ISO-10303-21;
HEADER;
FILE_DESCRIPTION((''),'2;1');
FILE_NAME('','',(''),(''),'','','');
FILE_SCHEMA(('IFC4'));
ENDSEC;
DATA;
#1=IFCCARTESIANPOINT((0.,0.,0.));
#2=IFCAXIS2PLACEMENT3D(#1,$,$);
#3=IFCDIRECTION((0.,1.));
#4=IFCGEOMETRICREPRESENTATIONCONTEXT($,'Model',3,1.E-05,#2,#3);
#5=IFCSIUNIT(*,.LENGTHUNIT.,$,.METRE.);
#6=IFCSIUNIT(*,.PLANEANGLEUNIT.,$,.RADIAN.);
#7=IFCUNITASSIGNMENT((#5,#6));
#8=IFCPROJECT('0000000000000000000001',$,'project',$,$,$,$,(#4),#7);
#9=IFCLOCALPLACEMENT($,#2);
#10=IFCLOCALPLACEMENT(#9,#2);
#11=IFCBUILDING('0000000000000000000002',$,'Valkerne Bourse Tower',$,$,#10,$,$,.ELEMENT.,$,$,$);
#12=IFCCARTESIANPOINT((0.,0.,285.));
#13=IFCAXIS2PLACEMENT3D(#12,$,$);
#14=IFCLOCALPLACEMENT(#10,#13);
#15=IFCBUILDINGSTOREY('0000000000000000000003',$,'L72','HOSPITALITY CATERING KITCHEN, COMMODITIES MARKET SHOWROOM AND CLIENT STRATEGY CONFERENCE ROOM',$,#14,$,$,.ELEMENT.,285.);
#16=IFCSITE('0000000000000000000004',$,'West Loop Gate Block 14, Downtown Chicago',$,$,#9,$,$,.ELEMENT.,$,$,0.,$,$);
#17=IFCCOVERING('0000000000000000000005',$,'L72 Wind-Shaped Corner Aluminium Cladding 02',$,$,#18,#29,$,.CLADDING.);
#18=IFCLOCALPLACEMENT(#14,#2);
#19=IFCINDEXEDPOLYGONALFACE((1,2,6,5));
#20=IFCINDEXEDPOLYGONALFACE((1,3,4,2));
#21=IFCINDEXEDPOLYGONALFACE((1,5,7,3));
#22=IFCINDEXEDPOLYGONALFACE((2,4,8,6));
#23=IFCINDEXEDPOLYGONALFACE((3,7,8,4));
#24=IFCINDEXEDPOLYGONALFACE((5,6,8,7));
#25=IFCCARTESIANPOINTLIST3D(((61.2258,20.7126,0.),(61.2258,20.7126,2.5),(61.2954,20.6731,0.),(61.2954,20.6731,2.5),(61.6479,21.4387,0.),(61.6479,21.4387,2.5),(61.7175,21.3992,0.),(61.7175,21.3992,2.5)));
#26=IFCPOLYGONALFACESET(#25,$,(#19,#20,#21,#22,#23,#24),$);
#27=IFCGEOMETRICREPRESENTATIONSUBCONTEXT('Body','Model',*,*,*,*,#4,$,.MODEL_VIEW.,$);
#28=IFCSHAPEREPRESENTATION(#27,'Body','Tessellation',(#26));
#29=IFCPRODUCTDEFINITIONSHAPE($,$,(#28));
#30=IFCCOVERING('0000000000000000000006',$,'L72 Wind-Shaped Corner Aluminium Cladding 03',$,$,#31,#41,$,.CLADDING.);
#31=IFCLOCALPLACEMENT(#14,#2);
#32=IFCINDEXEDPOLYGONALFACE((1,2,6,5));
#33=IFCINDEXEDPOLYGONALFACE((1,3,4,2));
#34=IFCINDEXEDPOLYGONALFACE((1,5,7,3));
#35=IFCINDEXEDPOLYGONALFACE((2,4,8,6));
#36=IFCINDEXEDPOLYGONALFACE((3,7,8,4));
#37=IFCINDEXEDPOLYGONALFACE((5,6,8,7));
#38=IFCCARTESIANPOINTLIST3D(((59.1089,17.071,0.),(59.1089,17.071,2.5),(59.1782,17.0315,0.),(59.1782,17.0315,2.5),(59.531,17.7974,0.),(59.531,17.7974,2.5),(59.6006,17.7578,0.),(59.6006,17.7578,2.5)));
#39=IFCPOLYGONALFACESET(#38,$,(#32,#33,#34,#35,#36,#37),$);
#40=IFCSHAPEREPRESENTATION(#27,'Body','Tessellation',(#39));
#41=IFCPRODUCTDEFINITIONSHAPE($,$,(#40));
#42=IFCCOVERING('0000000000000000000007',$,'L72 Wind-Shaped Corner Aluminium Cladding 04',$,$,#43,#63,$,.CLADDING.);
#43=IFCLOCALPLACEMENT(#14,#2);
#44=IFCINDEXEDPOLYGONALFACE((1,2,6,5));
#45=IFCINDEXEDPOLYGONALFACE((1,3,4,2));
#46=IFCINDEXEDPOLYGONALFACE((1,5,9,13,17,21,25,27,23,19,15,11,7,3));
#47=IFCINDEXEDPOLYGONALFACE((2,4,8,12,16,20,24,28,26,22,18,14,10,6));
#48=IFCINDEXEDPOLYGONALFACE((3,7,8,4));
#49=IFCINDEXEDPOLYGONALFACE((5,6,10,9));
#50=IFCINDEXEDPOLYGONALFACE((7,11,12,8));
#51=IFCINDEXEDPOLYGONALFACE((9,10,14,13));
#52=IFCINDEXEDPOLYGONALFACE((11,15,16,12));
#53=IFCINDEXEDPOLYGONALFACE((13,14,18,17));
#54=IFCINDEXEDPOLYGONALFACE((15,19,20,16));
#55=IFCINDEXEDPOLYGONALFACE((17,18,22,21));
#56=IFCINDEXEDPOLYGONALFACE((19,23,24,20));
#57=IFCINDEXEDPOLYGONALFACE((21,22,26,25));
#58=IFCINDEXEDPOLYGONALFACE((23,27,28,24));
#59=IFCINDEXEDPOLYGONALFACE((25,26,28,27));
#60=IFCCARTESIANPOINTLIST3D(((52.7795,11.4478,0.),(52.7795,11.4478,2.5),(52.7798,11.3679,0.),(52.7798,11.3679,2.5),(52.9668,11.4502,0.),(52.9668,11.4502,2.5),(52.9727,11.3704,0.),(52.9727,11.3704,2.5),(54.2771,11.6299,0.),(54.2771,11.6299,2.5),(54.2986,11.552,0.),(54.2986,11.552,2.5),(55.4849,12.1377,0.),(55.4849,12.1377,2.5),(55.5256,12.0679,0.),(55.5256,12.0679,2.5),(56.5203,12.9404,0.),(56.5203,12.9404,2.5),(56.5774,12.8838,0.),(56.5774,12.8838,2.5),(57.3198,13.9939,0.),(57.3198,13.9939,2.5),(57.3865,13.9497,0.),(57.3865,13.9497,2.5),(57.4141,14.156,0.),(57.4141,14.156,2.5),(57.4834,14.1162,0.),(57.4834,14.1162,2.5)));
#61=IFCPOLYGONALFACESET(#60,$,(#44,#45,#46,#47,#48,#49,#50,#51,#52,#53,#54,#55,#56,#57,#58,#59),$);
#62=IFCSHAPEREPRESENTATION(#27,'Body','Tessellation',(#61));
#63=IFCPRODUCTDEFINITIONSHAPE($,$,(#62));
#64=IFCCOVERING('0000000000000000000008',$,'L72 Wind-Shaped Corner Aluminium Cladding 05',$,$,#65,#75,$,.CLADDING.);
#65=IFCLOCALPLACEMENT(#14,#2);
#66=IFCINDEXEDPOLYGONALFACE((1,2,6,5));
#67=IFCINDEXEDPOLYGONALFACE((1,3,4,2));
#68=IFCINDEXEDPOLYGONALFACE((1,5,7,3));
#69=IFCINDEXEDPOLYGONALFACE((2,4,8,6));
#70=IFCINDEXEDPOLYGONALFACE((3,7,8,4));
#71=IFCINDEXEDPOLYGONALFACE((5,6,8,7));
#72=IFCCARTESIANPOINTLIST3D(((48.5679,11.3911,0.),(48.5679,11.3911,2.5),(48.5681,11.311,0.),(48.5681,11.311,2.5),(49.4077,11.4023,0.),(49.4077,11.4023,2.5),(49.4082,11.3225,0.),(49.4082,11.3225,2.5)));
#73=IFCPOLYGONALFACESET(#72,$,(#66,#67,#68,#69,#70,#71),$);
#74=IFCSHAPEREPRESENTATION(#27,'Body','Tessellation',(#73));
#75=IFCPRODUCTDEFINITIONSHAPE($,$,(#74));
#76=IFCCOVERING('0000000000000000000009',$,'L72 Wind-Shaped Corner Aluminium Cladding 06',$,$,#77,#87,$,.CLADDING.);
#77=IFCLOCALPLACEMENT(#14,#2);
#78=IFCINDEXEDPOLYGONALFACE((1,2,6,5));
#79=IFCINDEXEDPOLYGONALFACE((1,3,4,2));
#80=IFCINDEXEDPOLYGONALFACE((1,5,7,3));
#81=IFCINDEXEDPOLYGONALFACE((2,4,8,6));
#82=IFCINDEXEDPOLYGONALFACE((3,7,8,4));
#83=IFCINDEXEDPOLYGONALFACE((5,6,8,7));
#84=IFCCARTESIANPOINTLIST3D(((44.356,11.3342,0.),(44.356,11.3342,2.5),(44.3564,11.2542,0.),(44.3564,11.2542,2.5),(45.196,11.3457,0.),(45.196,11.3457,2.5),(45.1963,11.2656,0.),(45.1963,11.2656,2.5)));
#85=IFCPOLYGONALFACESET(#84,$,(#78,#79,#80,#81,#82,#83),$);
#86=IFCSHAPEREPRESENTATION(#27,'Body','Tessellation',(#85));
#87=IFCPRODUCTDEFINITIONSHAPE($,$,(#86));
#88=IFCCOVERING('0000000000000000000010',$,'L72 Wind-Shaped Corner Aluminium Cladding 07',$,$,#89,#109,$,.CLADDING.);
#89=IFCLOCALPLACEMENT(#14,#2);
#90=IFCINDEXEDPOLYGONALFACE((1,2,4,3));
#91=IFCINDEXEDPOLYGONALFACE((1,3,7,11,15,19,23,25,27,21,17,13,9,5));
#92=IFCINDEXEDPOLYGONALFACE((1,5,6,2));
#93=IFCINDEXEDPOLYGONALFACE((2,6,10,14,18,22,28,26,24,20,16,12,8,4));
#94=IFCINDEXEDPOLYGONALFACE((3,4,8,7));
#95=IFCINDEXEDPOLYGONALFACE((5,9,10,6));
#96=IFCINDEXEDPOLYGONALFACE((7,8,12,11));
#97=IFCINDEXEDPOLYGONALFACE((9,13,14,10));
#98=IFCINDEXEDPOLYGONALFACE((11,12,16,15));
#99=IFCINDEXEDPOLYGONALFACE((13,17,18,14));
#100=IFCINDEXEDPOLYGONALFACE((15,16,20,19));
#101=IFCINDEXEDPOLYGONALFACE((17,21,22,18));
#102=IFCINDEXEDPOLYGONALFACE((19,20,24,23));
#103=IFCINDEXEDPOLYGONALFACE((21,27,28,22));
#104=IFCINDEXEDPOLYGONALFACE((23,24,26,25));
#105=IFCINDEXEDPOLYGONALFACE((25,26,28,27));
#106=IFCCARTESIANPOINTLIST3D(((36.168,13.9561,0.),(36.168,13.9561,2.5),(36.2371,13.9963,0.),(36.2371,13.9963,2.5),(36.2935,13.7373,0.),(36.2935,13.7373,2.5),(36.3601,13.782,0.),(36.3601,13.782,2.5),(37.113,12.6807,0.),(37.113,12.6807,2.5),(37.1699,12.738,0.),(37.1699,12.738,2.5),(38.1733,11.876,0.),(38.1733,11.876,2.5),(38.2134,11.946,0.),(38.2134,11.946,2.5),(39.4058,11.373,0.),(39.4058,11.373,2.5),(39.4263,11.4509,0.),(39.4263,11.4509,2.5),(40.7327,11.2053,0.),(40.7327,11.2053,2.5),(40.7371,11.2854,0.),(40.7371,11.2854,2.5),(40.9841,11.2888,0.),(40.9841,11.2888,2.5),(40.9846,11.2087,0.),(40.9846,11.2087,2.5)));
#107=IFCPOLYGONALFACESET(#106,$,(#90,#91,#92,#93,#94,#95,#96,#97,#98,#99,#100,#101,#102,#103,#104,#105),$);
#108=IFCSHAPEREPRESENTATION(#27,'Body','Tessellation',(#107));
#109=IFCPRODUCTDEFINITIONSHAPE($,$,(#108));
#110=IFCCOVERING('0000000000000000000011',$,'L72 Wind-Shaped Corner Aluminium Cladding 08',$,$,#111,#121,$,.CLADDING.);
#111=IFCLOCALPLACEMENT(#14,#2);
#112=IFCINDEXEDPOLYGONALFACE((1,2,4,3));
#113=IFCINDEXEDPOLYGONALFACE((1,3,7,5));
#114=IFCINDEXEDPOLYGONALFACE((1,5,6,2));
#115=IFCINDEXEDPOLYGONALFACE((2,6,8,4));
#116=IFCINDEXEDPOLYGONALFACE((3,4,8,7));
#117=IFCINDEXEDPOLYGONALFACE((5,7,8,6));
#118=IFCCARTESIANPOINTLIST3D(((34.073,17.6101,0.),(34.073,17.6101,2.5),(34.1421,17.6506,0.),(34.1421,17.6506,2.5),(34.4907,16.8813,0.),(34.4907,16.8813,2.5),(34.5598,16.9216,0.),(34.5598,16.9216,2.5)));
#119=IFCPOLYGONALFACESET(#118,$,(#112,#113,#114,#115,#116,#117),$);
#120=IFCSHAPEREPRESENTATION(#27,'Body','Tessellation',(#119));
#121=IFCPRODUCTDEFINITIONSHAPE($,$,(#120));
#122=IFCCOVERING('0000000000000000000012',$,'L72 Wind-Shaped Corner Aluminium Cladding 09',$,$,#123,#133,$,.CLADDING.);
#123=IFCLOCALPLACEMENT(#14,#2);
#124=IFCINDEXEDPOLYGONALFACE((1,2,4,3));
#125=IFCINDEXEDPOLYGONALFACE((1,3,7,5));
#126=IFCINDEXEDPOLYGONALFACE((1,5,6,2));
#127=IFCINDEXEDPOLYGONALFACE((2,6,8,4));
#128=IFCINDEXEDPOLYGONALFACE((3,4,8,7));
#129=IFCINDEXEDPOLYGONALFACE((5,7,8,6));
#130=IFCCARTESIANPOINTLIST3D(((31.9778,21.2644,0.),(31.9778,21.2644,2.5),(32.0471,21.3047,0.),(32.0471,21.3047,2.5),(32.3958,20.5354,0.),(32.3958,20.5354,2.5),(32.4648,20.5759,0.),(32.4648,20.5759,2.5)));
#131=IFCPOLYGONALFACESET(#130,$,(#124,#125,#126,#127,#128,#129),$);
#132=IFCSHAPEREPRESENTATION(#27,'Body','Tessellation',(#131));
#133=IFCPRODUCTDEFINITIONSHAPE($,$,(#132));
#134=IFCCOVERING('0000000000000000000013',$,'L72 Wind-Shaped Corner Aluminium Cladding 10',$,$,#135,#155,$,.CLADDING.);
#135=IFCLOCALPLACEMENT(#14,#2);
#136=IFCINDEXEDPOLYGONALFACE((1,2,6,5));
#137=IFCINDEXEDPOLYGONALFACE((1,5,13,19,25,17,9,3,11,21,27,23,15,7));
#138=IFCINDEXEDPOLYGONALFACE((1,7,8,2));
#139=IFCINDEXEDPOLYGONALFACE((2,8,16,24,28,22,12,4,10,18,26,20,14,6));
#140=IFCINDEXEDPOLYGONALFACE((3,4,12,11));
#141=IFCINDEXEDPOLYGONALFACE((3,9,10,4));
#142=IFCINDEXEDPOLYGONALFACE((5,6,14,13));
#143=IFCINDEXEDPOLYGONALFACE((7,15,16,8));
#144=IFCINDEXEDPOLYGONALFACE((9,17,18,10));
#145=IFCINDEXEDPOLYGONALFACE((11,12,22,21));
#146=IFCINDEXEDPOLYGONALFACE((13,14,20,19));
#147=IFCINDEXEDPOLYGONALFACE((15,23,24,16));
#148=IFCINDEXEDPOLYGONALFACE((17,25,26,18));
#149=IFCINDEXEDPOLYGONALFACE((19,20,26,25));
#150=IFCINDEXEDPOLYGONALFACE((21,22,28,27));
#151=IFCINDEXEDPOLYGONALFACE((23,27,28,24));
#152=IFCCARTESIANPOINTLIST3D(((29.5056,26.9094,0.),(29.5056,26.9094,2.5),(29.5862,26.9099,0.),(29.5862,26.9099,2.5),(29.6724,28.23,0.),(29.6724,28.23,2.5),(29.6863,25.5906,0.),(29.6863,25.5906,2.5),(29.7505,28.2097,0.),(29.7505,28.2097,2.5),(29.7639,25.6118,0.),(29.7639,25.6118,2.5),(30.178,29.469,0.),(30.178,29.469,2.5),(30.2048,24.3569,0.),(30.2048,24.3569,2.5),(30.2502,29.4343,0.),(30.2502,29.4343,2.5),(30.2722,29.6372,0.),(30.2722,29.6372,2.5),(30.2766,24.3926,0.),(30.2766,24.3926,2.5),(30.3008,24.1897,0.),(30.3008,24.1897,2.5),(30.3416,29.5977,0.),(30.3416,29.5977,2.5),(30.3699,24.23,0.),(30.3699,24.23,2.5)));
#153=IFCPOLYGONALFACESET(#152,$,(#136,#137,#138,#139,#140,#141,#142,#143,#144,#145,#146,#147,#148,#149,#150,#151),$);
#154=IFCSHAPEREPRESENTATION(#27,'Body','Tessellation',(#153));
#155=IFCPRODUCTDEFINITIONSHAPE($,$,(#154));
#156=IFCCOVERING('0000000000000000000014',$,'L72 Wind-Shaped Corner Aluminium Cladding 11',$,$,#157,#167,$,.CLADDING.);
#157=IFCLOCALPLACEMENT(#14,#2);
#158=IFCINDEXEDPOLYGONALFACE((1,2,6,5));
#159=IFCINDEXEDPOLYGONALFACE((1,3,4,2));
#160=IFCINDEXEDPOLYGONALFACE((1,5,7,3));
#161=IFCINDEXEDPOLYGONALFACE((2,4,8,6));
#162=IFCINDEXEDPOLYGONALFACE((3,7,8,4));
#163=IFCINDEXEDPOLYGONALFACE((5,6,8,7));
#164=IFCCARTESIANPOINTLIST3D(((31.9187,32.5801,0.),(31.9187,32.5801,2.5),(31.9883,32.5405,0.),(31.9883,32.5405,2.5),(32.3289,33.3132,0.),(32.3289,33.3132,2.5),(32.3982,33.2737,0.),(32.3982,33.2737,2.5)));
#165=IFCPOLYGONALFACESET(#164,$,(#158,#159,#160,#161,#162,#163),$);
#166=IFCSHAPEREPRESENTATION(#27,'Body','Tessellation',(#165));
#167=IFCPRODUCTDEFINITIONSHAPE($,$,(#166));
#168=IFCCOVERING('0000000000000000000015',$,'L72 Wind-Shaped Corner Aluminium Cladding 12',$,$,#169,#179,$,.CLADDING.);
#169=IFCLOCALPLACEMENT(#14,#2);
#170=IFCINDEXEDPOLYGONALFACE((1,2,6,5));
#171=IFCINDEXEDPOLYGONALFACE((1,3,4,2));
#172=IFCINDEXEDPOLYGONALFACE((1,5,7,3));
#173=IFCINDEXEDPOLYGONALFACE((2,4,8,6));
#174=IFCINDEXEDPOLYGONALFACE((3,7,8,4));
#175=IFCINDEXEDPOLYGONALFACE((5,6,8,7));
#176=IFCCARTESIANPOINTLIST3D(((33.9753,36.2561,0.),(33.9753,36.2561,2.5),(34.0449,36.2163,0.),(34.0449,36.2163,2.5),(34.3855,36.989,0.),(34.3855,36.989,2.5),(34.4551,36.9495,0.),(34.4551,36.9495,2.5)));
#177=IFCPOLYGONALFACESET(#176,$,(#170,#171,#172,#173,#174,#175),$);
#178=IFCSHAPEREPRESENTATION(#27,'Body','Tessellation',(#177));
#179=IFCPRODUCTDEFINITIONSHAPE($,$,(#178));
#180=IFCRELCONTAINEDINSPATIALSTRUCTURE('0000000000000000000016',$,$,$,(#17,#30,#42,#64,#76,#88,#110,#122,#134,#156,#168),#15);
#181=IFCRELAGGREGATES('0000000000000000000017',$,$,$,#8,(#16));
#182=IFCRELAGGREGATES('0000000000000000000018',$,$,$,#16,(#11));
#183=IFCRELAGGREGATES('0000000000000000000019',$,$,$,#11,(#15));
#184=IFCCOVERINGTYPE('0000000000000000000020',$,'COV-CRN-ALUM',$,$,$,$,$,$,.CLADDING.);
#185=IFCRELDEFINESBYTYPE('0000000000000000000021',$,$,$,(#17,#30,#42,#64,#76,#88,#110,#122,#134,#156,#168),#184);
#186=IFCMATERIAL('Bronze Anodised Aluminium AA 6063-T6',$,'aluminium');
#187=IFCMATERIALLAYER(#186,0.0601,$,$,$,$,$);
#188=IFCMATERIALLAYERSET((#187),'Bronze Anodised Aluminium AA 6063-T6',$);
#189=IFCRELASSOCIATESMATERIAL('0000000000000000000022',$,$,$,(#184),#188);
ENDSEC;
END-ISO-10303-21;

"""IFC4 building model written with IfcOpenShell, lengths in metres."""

from ifc_helpers import new_model, si_unit, direction, frame, origin, place, context, subcontext, project, spatial, polyline, outline, extrude, material, layer, layer_set, type_object, element, save


model = new_model("IFC4")

# Units and contexts
model_context = context("Model", 3, precision=1e-05, world=origin(), true_north=direction((0.0, 1.0)))
body_context = subcontext(model_context, "Body", "Model", "MODEL_VIEW")
ifc_project = project(units=[si_unit("LENGTHUNIT", "METRE"), si_unit("PLANEANGLEUNIT", "RADIAN")], contexts=[model_context])

# Site, building, storey
site_placement = place(None, origin())
site = spatial("IfcSite", under=ifc_project, at=site_placement, Name="West Loop Gate Block 14, Downtown Chicago", CompositionType="ELEMENT", RefElevation=0.0)
building_placement = place(site_placement, origin())
building = spatial("IfcBuilding", under=site, at=building_placement, Name="Valkerne Bourse Tower", CompositionType="ELEMENT")
storey_placement = place(building_placement, frame((0.0, 0.0, 285.0)))
storey = spatial("IfcBuildingStorey", under=building, at=storey_placement, Name="L72", Description="HOSPITALITY CATERING KITCHEN, COMMODITIES MARKET SHOWROOM AND CLIENT STRATEGY CONFERENCE ROOM", CompositionType="ELEMENT", Elevation=285.0)

# Coverings
ifc_material_1 = material(Name="Bronze Anodised Aluminium AA 6063-T6", Category="aluminium")
ifc_layer_1 = layer(ifc_material_1, 0.0601)
ifc_layer_set_1 = layer_set([ifc_layer_1], Name="Bronze Anodised Aluminium AA 6063-T6")
covering_type = type_object("IfcCoveringType", Name="COV-CRN-ALUM", PredefinedType="CLADDING", material=ifc_layer_set_1)
covering_1_placement = place(storey_placement, origin())
element("IfcCovering", 1, at=covering_1_placement, inside=storey, type_object=covering_type, Name="L72 Wind-Shaped Corner Aluminium Cladding 02", PredefinedType="CLADDING", context=body_context, shape_type="SweptSolid", body=[
    extrude(outline(polyline([(61.2954, 20.6731), (61.2258, 20.7126), (61.6479, 21.4387), (61.7175, 21.3992), (61.2954, 20.6731)])), origin(), (0.0, 0.0, 1.0), 2.5),
])
covering_2_placement = place(storey_placement, origin())
element("IfcCovering", 2, at=covering_2_placement, inside=storey, type_object=covering_type, Name="L72 Wind-Shaped Corner Aluminium Cladding 03", PredefinedType="CLADDING", context=body_context, shape_type="SweptSolid", body=[
    extrude(outline(polyline([(59.1782, 17.0315), (59.1089, 17.071), (59.531, 17.7974), (59.6006, 17.7578), (59.1782, 17.0315)])), origin(), (0.0, 0.0, 1.0), 2.5),
])
covering_3_placement = place(storey_placement, origin())
element("IfcCovering", 3, at=covering_3_placement, inside=storey, type_object=covering_type, Name="L72 Wind-Shaped Corner Aluminium Cladding 04", PredefinedType="CLADDING", context=body_context, shape_type="SweptSolid", body=[
    extrude(outline(polyline([(57.3865, 13.9497), (56.5774, 12.8838), (55.5256, 12.0679), (54.2986, 11.552), (52.9727, 11.3704), (52.7798, 11.3679), (52.7795, 11.4478), (52.9668, 11.4502), (54.2771, 11.6299), (55.4849, 12.1377), (56.5203, 12.9404), (57.3198, 13.9939), (57.4141, 14.156), (57.4834, 14.1162), (57.3865, 13.9497)])), origin(), (0.0, 0.0, 1.0), 2.5),
])
covering_4_placement = place(storey_placement, origin())
element("IfcCovering", 4, at=covering_4_placement, inside=storey, type_object=covering_type, Name="L72 Wind-Shaped Corner Aluminium Cladding 05", PredefinedType="CLADDING", context=body_context, shape_type="SweptSolid", body=[
    extrude(outline(polyline([(48.5681, 11.311), (48.5679, 11.3911), (49.4077, 11.4023), (49.4082, 11.3225), (48.5681, 11.311)])), origin(), (0.0, 0.0, 1.0), 2.5),
])
covering_5_placement = place(storey_placement, origin())
element("IfcCovering", 5, at=covering_5_placement, inside=storey, type_object=covering_type, Name="L72 Wind-Shaped Corner Aluminium Cladding 06", PredefinedType="CLADDING", context=body_context, shape_type="SweptSolid", body=[
    extrude(outline(polyline([(44.3564, 11.2542), (44.356, 11.3342), (45.196, 11.3457), (45.1963, 11.2656), (44.3564, 11.2542)])), origin(), (0.0, 0.0, 1.0), 2.5),
])
covering_6_placement = place(storey_placement, origin())
element("IfcCovering", 6, at=covering_6_placement, inside=storey, type_object=covering_type, Name="L72 Wind-Shaped Corner Aluminium Cladding 07", PredefinedType="CLADDING", context=body_context, shape_type="SweptSolid", body=[
    extrude(outline(polyline([(40.7327, 11.2053), (39.4058, 11.373), (38.1733, 11.876), (37.113, 12.6807), (36.2935, 13.7373), (36.168, 13.9561), (36.2371, 13.9963), (36.3601, 13.782), (37.1699, 12.738), (38.2134, 11.946), (39.4263, 11.4509), (40.7371, 11.2854), (40.9841, 11.2888), (40.9846, 11.2087), (40.7327, 11.2053)])), origin(), (0.0, 0.0, 1.0), 2.5),
])
covering_7_placement = place(storey_placement, origin())
element("IfcCovering", 7, at=covering_7_placement, inside=storey, type_object=covering_type, Name="L72 Wind-Shaped Corner Aluminium Cladding 08", PredefinedType="CLADDING", context=body_context, shape_type="SweptSolid", body=[
    extrude(outline(polyline([(34.073, 17.6101), (34.1421, 17.6506), (34.5598, 16.9216), (34.4907, 16.8813), (34.073, 17.6101)])), origin(), (0.0, 0.0, 1.0), 2.5),
])
covering_8_placement = place(storey_placement, origin())
element("IfcCovering", 8, at=covering_8_placement, inside=storey, type_object=covering_type, Name="L72 Wind-Shaped Corner Aluminium Cladding 09", PredefinedType="CLADDING", context=body_context, shape_type="SweptSolid", body=[
    extrude(outline(polyline([(31.9778, 21.2644), (32.0471, 21.3047), (32.4648, 20.5759), (32.3958, 20.5354), (31.9778, 21.2644)])), origin(), (0.0, 0.0, 1.0), 2.5),
])
covering_9_placement = place(storey_placement, origin())
element("IfcCovering", 9, at=covering_9_placement, inside=storey, type_object=covering_type, Name="L72 Wind-Shaped Corner Aluminium Cladding 10", PredefinedType="CLADDING", context=body_context, shape_type="SweptSolid", body=[
    extrude(outline(polyline([(30.2048, 24.3569), (29.6863, 25.5906), (29.5056, 26.9094), (29.6724, 28.23), (30.178, 29.469), (30.2722, 29.6372), (30.3416, 29.5977), (30.2502, 29.4343), (29.7505, 28.2097), (29.5862, 26.9099), (29.7639, 25.6118), (30.2766, 24.3926), (30.3699, 24.23), (30.3008, 24.1897), (30.2048, 24.3569)])), origin(), (0.0, 0.0, 1.0), 2.5),
])
covering_10_placement = place(storey_placement, origin())
element("IfcCovering", 10, at=covering_10_placement, inside=storey, type_object=covering_type, Name="L72 Wind-Shaped Corner Aluminium Cladding 11", PredefinedType="CLADDING", context=body_context, shape_type="SweptSolid", body=[
    extrude(outline(polyline([(32.3289, 33.3132), (32.3982, 33.2737), (31.9883, 32.5405), (31.9187, 32.5801), (32.3289, 33.3132)])), origin(), (0.0, 0.0, 1.0), 2.5),
])
covering_11_placement = place(storey_placement, origin())
element("IfcCovering", 11, at=covering_11_placement, inside=storey, type_object=covering_type, Name="L72 Wind-Shaped Corner Aluminium Cladding 12", PredefinedType="CLADDING", context=body_context, shape_type="SweptSolid", body=[
    extrude(outline(polyline([(34.3855, 36.989), (34.4551, 36.9495), (34.0449, 36.2163), (33.9753, 36.2561), (34.3855, 36.989)])), origin(), (0.0, 0.0, 1.0), 2.5),
])

save(model, "model.ifc")
